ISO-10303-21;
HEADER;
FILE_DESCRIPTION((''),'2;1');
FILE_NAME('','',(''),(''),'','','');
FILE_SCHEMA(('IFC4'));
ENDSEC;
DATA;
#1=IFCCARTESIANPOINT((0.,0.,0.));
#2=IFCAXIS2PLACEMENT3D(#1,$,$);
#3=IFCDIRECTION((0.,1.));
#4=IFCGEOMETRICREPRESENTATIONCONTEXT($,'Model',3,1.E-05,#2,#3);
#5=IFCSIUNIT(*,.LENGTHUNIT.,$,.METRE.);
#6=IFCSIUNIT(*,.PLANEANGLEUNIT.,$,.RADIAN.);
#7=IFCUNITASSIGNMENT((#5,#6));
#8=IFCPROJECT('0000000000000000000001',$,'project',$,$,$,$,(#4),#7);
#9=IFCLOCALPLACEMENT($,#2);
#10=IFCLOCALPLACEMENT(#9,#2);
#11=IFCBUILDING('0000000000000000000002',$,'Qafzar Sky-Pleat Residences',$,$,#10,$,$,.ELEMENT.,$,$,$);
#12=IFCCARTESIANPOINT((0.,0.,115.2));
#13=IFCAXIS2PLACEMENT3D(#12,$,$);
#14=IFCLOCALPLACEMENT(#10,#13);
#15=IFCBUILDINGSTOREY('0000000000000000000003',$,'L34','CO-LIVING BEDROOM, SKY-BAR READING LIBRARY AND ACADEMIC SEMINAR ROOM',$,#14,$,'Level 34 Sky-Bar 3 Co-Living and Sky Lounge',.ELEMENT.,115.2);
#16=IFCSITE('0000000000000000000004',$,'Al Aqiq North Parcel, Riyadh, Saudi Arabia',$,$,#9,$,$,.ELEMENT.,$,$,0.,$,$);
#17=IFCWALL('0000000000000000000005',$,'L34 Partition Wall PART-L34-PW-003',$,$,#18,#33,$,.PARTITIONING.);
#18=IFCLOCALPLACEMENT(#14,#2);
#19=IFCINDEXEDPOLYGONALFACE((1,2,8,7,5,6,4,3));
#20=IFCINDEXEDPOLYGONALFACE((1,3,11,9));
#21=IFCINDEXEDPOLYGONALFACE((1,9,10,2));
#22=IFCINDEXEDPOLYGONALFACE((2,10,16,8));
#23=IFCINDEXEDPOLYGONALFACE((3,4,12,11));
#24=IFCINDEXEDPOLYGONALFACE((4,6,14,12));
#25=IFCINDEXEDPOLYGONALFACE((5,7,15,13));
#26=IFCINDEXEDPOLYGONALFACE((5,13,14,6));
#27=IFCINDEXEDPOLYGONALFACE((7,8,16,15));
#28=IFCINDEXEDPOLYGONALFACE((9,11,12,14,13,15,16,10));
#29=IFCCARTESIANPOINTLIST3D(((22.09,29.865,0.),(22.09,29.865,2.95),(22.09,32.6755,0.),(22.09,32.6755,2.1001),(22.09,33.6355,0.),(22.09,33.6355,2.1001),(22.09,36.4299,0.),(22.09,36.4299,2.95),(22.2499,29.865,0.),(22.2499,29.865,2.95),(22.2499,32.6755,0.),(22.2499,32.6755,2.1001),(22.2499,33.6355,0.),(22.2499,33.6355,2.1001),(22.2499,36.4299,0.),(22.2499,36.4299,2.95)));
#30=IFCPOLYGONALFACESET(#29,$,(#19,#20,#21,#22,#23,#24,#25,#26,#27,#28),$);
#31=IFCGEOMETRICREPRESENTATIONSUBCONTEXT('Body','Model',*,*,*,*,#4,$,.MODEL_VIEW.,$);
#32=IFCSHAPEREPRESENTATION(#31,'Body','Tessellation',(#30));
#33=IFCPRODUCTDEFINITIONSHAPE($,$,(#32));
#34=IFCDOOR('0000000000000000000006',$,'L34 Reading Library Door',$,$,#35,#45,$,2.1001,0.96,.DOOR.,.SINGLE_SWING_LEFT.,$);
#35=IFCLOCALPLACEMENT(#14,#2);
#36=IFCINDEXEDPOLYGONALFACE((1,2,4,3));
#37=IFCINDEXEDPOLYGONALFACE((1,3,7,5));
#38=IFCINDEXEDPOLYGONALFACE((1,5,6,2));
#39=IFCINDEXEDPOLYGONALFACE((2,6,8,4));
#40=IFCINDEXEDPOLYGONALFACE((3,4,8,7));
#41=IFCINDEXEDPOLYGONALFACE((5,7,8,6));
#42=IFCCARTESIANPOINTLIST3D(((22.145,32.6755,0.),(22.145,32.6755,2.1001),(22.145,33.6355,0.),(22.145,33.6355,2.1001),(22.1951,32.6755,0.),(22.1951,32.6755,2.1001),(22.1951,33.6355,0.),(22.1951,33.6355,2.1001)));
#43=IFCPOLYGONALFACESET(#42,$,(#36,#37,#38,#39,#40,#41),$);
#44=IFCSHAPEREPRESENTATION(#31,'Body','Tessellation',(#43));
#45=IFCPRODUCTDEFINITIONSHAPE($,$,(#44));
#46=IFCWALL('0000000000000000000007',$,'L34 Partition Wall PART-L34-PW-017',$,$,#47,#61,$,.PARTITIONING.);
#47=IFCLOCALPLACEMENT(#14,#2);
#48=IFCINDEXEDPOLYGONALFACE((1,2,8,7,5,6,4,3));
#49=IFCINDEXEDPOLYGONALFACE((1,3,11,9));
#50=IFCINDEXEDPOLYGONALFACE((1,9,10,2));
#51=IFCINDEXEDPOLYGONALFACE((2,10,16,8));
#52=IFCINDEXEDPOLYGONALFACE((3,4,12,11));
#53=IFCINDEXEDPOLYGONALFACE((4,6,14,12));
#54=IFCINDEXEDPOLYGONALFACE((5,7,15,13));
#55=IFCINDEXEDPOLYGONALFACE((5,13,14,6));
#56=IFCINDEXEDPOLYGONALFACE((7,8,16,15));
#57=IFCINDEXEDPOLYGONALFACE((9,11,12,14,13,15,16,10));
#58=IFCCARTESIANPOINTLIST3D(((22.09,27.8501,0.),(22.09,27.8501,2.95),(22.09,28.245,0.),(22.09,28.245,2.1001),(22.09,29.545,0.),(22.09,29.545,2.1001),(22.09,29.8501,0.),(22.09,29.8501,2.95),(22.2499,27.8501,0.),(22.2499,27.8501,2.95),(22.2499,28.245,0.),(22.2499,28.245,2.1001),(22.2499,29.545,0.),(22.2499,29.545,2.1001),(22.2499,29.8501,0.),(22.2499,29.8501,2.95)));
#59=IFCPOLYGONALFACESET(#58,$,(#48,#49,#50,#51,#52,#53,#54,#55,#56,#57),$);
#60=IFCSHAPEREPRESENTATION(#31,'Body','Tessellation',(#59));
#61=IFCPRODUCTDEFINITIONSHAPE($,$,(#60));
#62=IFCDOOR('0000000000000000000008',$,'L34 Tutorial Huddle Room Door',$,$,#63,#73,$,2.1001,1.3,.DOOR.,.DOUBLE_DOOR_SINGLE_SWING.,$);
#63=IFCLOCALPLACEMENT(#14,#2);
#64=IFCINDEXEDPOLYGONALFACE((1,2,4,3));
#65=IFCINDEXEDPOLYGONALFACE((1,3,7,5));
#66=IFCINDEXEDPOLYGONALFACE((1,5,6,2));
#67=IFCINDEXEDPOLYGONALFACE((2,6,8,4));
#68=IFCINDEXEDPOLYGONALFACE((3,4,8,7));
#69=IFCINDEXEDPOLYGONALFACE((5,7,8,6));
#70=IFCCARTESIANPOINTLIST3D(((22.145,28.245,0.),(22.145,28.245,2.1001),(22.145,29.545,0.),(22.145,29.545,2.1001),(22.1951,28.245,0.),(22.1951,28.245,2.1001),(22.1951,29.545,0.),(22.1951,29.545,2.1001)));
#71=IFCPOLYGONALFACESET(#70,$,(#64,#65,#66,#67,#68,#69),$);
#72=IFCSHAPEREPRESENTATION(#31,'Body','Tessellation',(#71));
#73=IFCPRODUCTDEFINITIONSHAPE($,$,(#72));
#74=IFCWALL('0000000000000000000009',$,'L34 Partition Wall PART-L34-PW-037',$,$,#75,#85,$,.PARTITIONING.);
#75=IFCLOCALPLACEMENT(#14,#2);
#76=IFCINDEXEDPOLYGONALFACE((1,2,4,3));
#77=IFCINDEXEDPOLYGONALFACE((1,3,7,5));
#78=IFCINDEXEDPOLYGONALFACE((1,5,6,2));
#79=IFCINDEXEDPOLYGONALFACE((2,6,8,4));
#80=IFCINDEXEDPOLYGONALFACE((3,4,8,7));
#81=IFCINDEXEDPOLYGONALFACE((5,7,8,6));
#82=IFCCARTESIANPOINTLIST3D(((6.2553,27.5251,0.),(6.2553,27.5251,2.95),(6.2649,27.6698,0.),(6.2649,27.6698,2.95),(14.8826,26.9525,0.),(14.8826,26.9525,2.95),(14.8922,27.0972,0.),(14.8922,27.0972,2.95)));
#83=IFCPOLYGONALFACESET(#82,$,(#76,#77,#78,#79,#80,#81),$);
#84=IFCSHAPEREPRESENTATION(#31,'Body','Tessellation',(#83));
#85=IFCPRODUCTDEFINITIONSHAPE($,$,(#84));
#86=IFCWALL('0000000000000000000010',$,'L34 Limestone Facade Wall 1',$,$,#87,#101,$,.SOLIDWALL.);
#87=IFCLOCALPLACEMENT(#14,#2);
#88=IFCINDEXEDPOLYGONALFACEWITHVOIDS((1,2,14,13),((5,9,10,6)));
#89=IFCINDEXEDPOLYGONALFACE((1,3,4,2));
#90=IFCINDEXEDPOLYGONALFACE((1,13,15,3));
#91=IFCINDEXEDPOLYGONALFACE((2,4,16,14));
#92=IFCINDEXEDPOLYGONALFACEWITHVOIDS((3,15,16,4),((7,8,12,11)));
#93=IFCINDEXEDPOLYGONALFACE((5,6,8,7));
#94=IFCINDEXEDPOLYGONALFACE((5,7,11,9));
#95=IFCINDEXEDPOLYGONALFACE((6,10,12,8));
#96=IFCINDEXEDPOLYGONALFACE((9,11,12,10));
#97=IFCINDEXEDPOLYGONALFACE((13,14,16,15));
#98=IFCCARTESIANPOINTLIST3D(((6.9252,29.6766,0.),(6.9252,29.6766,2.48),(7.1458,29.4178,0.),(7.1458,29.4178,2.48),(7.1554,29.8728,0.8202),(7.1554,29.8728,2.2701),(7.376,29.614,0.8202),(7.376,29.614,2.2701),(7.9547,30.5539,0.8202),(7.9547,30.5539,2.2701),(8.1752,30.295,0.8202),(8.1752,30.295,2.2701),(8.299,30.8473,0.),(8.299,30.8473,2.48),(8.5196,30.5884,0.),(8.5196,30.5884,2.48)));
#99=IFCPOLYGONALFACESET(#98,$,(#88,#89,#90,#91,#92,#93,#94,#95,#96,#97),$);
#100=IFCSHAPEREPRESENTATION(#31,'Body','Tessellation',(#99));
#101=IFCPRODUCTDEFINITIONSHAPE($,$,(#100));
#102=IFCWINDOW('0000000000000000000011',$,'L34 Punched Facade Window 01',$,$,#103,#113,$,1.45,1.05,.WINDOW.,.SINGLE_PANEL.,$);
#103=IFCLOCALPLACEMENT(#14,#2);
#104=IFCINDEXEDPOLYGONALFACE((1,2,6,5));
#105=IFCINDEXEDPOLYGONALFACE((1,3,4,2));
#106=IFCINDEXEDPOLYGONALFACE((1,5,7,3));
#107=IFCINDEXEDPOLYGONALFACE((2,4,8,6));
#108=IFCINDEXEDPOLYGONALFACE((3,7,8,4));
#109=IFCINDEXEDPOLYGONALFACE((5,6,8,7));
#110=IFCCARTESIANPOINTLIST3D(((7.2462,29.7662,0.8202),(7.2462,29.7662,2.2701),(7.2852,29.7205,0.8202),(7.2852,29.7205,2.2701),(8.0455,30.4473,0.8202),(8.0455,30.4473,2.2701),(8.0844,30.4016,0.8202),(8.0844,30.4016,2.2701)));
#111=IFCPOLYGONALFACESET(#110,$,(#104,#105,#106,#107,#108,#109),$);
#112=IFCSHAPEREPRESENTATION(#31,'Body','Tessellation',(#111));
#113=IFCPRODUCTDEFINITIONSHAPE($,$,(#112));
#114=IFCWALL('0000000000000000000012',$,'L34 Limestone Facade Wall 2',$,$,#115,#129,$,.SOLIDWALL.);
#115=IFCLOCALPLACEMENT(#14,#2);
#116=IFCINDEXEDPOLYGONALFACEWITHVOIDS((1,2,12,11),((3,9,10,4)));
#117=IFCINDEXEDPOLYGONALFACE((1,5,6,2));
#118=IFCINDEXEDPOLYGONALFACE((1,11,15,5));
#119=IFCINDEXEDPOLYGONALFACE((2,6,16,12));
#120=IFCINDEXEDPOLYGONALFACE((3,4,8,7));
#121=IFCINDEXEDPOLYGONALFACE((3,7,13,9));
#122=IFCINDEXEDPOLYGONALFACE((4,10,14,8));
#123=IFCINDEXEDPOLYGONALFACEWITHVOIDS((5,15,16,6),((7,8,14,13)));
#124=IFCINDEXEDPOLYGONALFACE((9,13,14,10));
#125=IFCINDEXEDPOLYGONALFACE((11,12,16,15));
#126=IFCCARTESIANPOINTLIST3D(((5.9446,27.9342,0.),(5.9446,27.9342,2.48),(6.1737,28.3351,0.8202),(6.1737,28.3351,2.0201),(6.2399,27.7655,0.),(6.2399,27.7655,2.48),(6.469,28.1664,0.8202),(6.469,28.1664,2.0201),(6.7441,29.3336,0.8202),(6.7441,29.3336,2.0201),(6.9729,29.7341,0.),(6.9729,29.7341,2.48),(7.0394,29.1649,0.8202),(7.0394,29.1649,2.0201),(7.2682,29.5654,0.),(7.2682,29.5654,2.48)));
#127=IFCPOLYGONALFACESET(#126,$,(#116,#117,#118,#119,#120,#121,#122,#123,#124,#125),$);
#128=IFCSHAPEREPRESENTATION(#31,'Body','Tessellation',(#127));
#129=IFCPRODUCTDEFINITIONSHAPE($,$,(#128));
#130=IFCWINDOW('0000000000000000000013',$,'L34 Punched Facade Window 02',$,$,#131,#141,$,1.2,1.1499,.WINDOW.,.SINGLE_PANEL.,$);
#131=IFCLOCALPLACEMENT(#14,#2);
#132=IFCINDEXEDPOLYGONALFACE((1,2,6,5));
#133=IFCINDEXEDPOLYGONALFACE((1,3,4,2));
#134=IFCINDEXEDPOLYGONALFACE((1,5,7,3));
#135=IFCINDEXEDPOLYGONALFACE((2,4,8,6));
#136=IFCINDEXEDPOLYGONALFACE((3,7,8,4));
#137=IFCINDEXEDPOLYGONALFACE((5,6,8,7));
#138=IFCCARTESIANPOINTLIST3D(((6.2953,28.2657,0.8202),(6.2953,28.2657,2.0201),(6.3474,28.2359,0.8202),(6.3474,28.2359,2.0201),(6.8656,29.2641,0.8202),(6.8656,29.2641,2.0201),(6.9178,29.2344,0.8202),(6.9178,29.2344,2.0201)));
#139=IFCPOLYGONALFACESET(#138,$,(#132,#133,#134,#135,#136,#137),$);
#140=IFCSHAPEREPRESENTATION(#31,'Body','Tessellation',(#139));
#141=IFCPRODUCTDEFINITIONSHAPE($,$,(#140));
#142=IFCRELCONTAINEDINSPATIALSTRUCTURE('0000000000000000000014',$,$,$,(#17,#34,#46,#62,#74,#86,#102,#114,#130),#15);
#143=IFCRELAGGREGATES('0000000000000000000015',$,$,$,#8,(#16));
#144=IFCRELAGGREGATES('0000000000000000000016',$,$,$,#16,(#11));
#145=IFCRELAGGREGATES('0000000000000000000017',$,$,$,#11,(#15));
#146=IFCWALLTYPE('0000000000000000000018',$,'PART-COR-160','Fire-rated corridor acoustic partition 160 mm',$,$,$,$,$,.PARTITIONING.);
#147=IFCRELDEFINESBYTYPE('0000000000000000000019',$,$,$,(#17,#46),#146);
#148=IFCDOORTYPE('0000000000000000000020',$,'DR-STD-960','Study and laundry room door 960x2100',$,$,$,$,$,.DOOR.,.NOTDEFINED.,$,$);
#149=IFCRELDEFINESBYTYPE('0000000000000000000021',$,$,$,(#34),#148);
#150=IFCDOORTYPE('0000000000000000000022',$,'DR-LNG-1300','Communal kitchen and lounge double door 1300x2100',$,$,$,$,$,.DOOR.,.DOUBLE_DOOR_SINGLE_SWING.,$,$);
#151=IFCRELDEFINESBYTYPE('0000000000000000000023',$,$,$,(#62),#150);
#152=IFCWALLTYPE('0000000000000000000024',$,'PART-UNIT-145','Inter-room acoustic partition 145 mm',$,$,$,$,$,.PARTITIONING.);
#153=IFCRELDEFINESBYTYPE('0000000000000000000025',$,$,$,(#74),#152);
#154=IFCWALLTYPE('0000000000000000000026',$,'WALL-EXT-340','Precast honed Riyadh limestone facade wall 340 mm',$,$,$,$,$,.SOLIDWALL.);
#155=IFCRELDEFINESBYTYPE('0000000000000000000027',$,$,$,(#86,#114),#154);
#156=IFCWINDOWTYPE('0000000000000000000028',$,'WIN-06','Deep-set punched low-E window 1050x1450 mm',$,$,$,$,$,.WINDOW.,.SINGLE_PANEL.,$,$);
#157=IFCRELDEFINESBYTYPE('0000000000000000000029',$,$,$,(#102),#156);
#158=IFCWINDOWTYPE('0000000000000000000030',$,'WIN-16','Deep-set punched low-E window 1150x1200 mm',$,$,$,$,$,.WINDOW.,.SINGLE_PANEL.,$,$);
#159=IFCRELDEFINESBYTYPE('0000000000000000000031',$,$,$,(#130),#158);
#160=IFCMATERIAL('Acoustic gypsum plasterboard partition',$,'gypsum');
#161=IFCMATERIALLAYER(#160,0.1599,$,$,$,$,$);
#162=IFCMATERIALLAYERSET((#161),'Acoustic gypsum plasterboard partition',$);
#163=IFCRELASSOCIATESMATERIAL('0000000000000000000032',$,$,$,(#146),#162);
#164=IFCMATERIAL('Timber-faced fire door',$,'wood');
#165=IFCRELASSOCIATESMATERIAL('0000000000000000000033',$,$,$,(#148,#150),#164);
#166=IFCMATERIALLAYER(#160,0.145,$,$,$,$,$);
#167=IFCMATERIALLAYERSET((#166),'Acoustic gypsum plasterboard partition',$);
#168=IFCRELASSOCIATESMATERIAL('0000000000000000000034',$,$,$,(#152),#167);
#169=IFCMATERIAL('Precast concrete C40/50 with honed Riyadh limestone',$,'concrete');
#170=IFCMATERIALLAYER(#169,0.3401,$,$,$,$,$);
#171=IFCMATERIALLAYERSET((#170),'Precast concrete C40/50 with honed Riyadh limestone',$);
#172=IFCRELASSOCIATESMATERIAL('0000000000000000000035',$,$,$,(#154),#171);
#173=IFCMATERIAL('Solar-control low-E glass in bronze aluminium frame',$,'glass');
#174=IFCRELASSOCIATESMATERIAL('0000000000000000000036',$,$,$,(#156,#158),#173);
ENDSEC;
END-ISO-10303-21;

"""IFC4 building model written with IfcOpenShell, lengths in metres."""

from ifc_helpers import new_model, si_unit, direction, frame, frame_2d, origin, place, context, subcontext, project, spatial, rectangle, extrude, source, transform, mapped, material, layer, layer_set, type_object, element, fill, save


model = new_model("IFC4")

# Units and contexts
model_context = context("Model", 3, precision=1e-05, world=origin(), true_north=direction((0.0, 1.0)))
body_context = subcontext(model_context, "Body", "Model", "MODEL_VIEW")
ifc_project = project(units=[si_unit("LENGTHUNIT", "METRE"), si_unit("PLANEANGLEUNIT", "RADIAN")], contexts=[model_context])

# Site, building, storey
site_placement = place(None, origin())
site = spatial("IfcSite", under=ifc_project, at=site_placement, Name="Al Aqiq North Parcel, Riyadh, Saudi Arabia", CompositionType="ELEMENT", RefElevation=0.0)
building_placement = place(site_placement, origin())
building = spatial("IfcBuilding", under=site, at=building_placement, Name="Qafzar Sky-Pleat Residences", CompositionType="ELEMENT")
storey_placement = place(building_placement, frame((0.0, 0.0, 115.2)))
storey = spatial("IfcBuildingStorey", under=building, at=storey_placement, Name="L34", Description="CO-LIVING BEDROOM, SKY-BAR READING LIBRARY AND ACADEMIC SEMINAR ROOM", LongName="Level 34 Sky-Bar 3 Co-Living and Sky Lounge", CompositionType="ELEMENT", Elevation=115.2)

# Walls, openings, doors
ifc_material_1 = material(Name="Acoustic gypsum plasterboard partition", Category="gypsum")
ifc_layer_1 = layer(ifc_material_1, 0.1599)
ifc_layer_set_1 = layer_set([ifc_layer_1], Name="Acoustic gypsum plasterboard partition")
wall_type_1 = type_object("IfcWallType", Name="PART-COR-160", Description="Fire-rated corridor acoustic partition 160 mm", PredefinedType="PARTITIONING", material=ifc_layer_set_1)
wall_1_placement = place(storey_placement, frame((22.1699, 29.865, 0.0), z_axis=(0.0, 0.0, 1.0), x_axis=(0.0, 1.0, 0.0)))
wall_1 = element("IfcWall", 1, at=wall_1_placement, inside=storey, type_object=wall_type_1, Name="L34 Partition Wall PART-L34-PW-003", PredefinedType="PARTITIONING", context=body_context, shape_type="SweptSolid", body=[
    extrude(rectangle(XDim=6.5649, YDim=0.1599, at=frame_2d((3.2825, 0.0))), origin(), (0.0, 0.0, 1.0), 2.95),
])
opening_1_placement = place(wall_1_placement, frame((2.8105, 0.0, 0.0)))
opening_1 = element("IfcOpeningElement", 2, at=opening_1_placement, cuts=wall_1, PredefinedType="OPENING", context=body_context, shape_type="SweptSolid", body=[
    extrude(rectangle(XDim=0.96, YDim=2.1001, at=frame_2d((0.48, 1.05))), frame((0.0, 0.0898, 0.0), z_axis=(0.0, -1.0, 0.0), x_axis=(1.0, 0.0, 0.0)), (0.0, 0.0, 1.0), 0.1799),
])
ifc_material_2 = material(Name="Timber-faced fire door", Category="wood")
door_type_1 = type_object("IfcDoorType", Name="DR-STD-960", Description="Study and laundry room door 960x2100", OperationType="NOTDEFINED", PredefinedType="DOOR", material=ifc_material_2)
shared_shape_1 = source(origin(), body_context, "Body", "SweptSolid", [
    extrude(rectangle(XDim=0.96, YDim=2.1001, at=frame_2d((0.48, 1.05))), frame((0.0, 0.0249, 0.0), z_axis=(0.0, -1.0, 0.0), x_axis=(1.0, 0.0, 0.0)), (0.0, 0.0, 1.0), 0.05),
])
door_1_placement = place(opening_1_placement, origin())
door_1 = element("IfcDoor", 3, at=door_1_placement, inside=storey, type_object=door_type_1, Name="L34 Reading Library Door", OperationType="SINGLE_SWING_LEFT", OverallHeight=2.1001, OverallWidth=0.96, PredefinedType="DOOR", context=body_context, shape_type="MappedRepresentation", body=[
    mapped(shared_shape_1, transform((0.0, 0.0, 0.0), x_axis=(1.0, 0.0, 0.0), y_axis=(0.0, 1.0, 0.0), z_axis=(0.0, 0.0, 1.0), scale=1.0)),
])
fill(opening_1, door_1)
wall_2_placement = place(storey_placement, frame((22.1699, 27.8501, 0.0), z_axis=(0.0, 0.0, 1.0), x_axis=(0.0, 1.0, 0.0)))
wall_2 = element("IfcWall", 4, at=wall_2_placement, inside=storey, type_object=wall_type_1, Name="L34 Partition Wall PART-L34-PW-017", PredefinedType="PARTITIONING", context=body_context, shape_type="SweptSolid", body=[
    extrude(rectangle(XDim=2.0, YDim=0.1599, at=frame_2d((1.0, 0.0))), origin(), (0.0, 0.0, 1.0), 2.95),
])
opening_2_placement = place(wall_2_placement, frame((0.395, 0.0, 0.0)))
opening_2 = element("IfcOpeningElement", 5, at=opening_2_placement, cuts=wall_2, PredefinedType="OPENING", context=body_context, shape_type="SweptSolid", body=[
    extrude(rectangle(XDim=1.3, YDim=2.1001, at=frame_2d((0.6499, 1.05))), frame((0.0, 0.0898, 0.0), z_axis=(0.0, -1.0, 0.0), x_axis=(1.0, 0.0, 0.0)), (0.0, 0.0, 1.0), 0.1799),
])
door_type_2 = type_object("IfcDoorType", Name="DR-LNG-1300", Description="Communal kitchen and lounge double door 1300x2100", OperationType="DOUBLE_DOOR_SINGLE_SWING", PredefinedType="DOOR", material=ifc_material_2)
shared_shape_2 = source(origin(), body_context, "Body", "SweptSolid", [
    extrude(rectangle(XDim=1.3, YDim=2.1001, at=frame_2d((0.6499, 1.05))), frame((0.0, 0.0249, 0.0), z_axis=(0.0, -1.0, 0.0), x_axis=(1.0, 0.0, 0.0)), (0.0, 0.0, 1.0), 0.05),
])
door_2_placement = place(opening_2_placement, origin())
door_2 = element("IfcDoor", 6, at=door_2_placement, inside=storey, type_object=door_type_2, Name="L34 Tutorial Huddle Room Door", OperationType="DOUBLE_DOOR_SINGLE_SWING", OverallHeight=2.1001, OverallWidth=1.3, PredefinedType="DOOR", context=body_context, shape_type="MappedRepresentation", body=[
    mapped(shared_shape_2, transform((0.0, 0.0, 0.0), x_axis=(1.0, 0.0, 0.0), y_axis=(0.0, 1.0, 0.0), z_axis=(0.0, 0.0, 1.0), scale=1.0)),
])
fill(opening_2, door_2)

# Wall
ifc_layer_2 = layer(ifc_material_1, 0.145)
ifc_layer_set_2 = layer_set([ifc_layer_2], Name="Acoustic gypsum plasterboard partition")
wall_type_2 = type_object("IfcWallType", Name="PART-UNIT-145", Description="Inter-room acoustic partition 145 mm", PredefinedType="PARTITIONING", material=ifc_layer_set_2)
wall_3_placement = place(storey_placement, frame((6.26, 27.5974, 0.0), z_axis=(0.0, 0.0, 1.0), x_axis=(0.997805, -0.066215, 0.0)))
element("IfcWall", 7, at=wall_3_placement, inside=storey, type_object=wall_type_2, Name="L34 Partition Wall PART-L34-PW-037", PredefinedType="PARTITIONING", context=body_context, shape_type="SweptSolid", body=[
    extrude(rectangle(XDim=8.6462, YDim=0.145, at=frame_2d((4.3232, 0.0))), origin(), (0.0, 0.0, 1.0), 2.95),
])

# Walls, openings, windows
ifc_material_3 = material(Name="Precast concrete C40/50 with honed Riyadh limestone", Category="concrete")
ifc_layer_3 = layer(ifc_material_3, 0.3401)
ifc_layer_set_3 = layer_set([ifc_layer_3], Name="Precast concrete C40/50 with honed Riyadh limestone")
wall_type_3 = type_object("IfcWallType", Name="WALL-EXT-340", Description="Precast honed Riyadh limestone facade wall 340 mm", PredefinedType="SOLIDWALL", material=ifc_layer_set_3)
wall_4_placement = place(storey_placement, frame((8.4092, 30.7178, 0.0), z_axis=(0.0, 0.0, 1.0), x_axis=(-0.761134, -0.648594, 0.0)))
wall_4 = element("IfcWall", 8, at=wall_4_placement, inside=storey, type_object=wall_type_3, Name="L34 Limestone Facade Wall 1", PredefinedType="SOLIDWALL", context=body_context, shape_type="SweptSolid", body=[
    extrude(rectangle(XDim=1.8049, YDim=0.3401, at=frame_2d((0.9023, 0.0))), origin(), (0.0, 0.0, 1.0), 2.48),
])
opening_3_placement = place(wall_4_placement, frame((0.4524, 0.0, 0.8201)))
opening_3 = element("IfcOpeningElement", 9, at=opening_3_placement, cuts=wall_4, PredefinedType="OPENING", context=body_context, shape_type="SweptSolid", body=[
    extrude(rectangle(XDim=1.05, YDim=1.45, at=frame_2d((0.5249, 0.7251))), frame((0.0, 0.1802, 0.0), z_axis=(0.0, -1.0, 0.0), x_axis=(1.0, 0.0, 0.0)), (0.0, 0.0, 1.0), 0.3601),
])
ifc_material_4 = material(Name="Solar-control low-E glass in bronze aluminium frame", Category="glass")
window_type_1 = type_object("IfcWindowType", Name="WIN-06", Description="Deep-set punched low-E window 1050x1450 mm", PartitioningType="SINGLE_PANEL", PredefinedType="WINDOW", material=ifc_material_4)
shared_shape_3 = source(origin(), body_context, "Body", "SweptSolid", [
    extrude(rectangle(XDim=1.05, YDim=1.45, at=frame_2d((0.5249, 0.7251))), frame((0.0, 0.03, 0.0), z_axis=(0.0, -1.0, 0.0), x_axis=(1.0, 0.0, 0.0)), (0.0, 0.0, 1.0), 0.0601),
])
window_1_placement = place(opening_3_placement, origin())
window_1 = element("IfcWindow", 10, at=window_1_placement, inside=storey, type_object=window_type_1, Name="L34 Punched Facade Window 01", OverallHeight=1.45, OverallWidth=1.05, PartitioningType="SINGLE_PANEL", PredefinedType="WINDOW", context=body_context, shape_type="MappedRepresentation", body=[
    mapped(shared_shape_3, transform((0.0, 0.0, 0.0), x_axis=(1.0, 0.0, 0.0), y_axis=(0.0, 1.0, 0.0), z_axis=(0.0, 0.0, 1.0), scale=1.0)),
])
fill(opening_3, window_1)
wall_5_placement = place(storey_placement, frame((7.1206, 29.6499, 0.0), z_axis=(0.0, 0.0, 1.0), x_axis=(-0.496037, -0.868301, 0.0)))
wall_5 = element("IfcWall", 11, at=wall_5_placement, inside=storey, type_object=wall_type_3, Name="L34 Limestone Facade Wall 2", PredefinedType="SOLIDWALL", context=body_context, shape_type="SweptSolid", body=[
    extrude(rectangle(XDim=2.073, YDim=0.3401, at=frame_2d((1.0366, 0.0))), origin(), (0.0, 0.0, 1.0), 2.48),
])
opening_4_placement = place(wall_5_placement, frame((0.4614, 0.0, 0.8201)))
opening_4 = element("IfcOpeningElement", 12, at=opening_4_placement, cuts=wall_5, PredefinedType="OPENING", context=body_context, shape_type="SweptSolid", body=[
    extrude(rectangle(XDim=1.1499, YDim=1.2, at=frame_2d((0.575, 0.6001))), frame((0.0, 0.1802, 0.0), z_axis=(0.0, -1.0, 0.0), x_axis=(1.0, 0.0, 0.0)), (0.0, 0.0, 1.0), 0.3601),
])
window_type_2 = type_object("IfcWindowType", Name="WIN-16", Description="Deep-set punched low-E window 1150x1200 mm", PartitioningType="SINGLE_PANEL", PredefinedType="WINDOW", material=ifc_material_4)
shared_shape_4 = source(origin(), body_context, "Body", "SweptSolid", [
    extrude(rectangle(XDim=1.1499, YDim=1.2, at=frame_2d((0.575, 0.6001))), frame((0.0, 0.03, 0.0), z_axis=(0.0, -1.0, 0.0), x_axis=(1.0, 0.0, 0.0)), (0.0, 0.0, 1.0), 0.0601),
])
window_2_placement = place(opening_4_placement, origin())
window_2 = element("IfcWindow", 13, at=window_2_placement, inside=storey, type_object=window_type_2, Name="L34 Punched Facade Window 02", OverallHeight=1.2, OverallWidth=1.1499, PartitioningType="SINGLE_PANEL", PredefinedType="WINDOW", context=body_context, shape_type="MappedRepresentation", body=[
    mapped(shared_shape_4, transform((0.0, 0.0, 0.0), x_axis=(1.0, 0.0, 0.0), y_axis=(0.0, 1.0, 0.0), z_axis=(0.0, 0.0, 1.0), scale=1.0)),
])
fill(opening_4, window_2)

save(model, "model.ifc")
